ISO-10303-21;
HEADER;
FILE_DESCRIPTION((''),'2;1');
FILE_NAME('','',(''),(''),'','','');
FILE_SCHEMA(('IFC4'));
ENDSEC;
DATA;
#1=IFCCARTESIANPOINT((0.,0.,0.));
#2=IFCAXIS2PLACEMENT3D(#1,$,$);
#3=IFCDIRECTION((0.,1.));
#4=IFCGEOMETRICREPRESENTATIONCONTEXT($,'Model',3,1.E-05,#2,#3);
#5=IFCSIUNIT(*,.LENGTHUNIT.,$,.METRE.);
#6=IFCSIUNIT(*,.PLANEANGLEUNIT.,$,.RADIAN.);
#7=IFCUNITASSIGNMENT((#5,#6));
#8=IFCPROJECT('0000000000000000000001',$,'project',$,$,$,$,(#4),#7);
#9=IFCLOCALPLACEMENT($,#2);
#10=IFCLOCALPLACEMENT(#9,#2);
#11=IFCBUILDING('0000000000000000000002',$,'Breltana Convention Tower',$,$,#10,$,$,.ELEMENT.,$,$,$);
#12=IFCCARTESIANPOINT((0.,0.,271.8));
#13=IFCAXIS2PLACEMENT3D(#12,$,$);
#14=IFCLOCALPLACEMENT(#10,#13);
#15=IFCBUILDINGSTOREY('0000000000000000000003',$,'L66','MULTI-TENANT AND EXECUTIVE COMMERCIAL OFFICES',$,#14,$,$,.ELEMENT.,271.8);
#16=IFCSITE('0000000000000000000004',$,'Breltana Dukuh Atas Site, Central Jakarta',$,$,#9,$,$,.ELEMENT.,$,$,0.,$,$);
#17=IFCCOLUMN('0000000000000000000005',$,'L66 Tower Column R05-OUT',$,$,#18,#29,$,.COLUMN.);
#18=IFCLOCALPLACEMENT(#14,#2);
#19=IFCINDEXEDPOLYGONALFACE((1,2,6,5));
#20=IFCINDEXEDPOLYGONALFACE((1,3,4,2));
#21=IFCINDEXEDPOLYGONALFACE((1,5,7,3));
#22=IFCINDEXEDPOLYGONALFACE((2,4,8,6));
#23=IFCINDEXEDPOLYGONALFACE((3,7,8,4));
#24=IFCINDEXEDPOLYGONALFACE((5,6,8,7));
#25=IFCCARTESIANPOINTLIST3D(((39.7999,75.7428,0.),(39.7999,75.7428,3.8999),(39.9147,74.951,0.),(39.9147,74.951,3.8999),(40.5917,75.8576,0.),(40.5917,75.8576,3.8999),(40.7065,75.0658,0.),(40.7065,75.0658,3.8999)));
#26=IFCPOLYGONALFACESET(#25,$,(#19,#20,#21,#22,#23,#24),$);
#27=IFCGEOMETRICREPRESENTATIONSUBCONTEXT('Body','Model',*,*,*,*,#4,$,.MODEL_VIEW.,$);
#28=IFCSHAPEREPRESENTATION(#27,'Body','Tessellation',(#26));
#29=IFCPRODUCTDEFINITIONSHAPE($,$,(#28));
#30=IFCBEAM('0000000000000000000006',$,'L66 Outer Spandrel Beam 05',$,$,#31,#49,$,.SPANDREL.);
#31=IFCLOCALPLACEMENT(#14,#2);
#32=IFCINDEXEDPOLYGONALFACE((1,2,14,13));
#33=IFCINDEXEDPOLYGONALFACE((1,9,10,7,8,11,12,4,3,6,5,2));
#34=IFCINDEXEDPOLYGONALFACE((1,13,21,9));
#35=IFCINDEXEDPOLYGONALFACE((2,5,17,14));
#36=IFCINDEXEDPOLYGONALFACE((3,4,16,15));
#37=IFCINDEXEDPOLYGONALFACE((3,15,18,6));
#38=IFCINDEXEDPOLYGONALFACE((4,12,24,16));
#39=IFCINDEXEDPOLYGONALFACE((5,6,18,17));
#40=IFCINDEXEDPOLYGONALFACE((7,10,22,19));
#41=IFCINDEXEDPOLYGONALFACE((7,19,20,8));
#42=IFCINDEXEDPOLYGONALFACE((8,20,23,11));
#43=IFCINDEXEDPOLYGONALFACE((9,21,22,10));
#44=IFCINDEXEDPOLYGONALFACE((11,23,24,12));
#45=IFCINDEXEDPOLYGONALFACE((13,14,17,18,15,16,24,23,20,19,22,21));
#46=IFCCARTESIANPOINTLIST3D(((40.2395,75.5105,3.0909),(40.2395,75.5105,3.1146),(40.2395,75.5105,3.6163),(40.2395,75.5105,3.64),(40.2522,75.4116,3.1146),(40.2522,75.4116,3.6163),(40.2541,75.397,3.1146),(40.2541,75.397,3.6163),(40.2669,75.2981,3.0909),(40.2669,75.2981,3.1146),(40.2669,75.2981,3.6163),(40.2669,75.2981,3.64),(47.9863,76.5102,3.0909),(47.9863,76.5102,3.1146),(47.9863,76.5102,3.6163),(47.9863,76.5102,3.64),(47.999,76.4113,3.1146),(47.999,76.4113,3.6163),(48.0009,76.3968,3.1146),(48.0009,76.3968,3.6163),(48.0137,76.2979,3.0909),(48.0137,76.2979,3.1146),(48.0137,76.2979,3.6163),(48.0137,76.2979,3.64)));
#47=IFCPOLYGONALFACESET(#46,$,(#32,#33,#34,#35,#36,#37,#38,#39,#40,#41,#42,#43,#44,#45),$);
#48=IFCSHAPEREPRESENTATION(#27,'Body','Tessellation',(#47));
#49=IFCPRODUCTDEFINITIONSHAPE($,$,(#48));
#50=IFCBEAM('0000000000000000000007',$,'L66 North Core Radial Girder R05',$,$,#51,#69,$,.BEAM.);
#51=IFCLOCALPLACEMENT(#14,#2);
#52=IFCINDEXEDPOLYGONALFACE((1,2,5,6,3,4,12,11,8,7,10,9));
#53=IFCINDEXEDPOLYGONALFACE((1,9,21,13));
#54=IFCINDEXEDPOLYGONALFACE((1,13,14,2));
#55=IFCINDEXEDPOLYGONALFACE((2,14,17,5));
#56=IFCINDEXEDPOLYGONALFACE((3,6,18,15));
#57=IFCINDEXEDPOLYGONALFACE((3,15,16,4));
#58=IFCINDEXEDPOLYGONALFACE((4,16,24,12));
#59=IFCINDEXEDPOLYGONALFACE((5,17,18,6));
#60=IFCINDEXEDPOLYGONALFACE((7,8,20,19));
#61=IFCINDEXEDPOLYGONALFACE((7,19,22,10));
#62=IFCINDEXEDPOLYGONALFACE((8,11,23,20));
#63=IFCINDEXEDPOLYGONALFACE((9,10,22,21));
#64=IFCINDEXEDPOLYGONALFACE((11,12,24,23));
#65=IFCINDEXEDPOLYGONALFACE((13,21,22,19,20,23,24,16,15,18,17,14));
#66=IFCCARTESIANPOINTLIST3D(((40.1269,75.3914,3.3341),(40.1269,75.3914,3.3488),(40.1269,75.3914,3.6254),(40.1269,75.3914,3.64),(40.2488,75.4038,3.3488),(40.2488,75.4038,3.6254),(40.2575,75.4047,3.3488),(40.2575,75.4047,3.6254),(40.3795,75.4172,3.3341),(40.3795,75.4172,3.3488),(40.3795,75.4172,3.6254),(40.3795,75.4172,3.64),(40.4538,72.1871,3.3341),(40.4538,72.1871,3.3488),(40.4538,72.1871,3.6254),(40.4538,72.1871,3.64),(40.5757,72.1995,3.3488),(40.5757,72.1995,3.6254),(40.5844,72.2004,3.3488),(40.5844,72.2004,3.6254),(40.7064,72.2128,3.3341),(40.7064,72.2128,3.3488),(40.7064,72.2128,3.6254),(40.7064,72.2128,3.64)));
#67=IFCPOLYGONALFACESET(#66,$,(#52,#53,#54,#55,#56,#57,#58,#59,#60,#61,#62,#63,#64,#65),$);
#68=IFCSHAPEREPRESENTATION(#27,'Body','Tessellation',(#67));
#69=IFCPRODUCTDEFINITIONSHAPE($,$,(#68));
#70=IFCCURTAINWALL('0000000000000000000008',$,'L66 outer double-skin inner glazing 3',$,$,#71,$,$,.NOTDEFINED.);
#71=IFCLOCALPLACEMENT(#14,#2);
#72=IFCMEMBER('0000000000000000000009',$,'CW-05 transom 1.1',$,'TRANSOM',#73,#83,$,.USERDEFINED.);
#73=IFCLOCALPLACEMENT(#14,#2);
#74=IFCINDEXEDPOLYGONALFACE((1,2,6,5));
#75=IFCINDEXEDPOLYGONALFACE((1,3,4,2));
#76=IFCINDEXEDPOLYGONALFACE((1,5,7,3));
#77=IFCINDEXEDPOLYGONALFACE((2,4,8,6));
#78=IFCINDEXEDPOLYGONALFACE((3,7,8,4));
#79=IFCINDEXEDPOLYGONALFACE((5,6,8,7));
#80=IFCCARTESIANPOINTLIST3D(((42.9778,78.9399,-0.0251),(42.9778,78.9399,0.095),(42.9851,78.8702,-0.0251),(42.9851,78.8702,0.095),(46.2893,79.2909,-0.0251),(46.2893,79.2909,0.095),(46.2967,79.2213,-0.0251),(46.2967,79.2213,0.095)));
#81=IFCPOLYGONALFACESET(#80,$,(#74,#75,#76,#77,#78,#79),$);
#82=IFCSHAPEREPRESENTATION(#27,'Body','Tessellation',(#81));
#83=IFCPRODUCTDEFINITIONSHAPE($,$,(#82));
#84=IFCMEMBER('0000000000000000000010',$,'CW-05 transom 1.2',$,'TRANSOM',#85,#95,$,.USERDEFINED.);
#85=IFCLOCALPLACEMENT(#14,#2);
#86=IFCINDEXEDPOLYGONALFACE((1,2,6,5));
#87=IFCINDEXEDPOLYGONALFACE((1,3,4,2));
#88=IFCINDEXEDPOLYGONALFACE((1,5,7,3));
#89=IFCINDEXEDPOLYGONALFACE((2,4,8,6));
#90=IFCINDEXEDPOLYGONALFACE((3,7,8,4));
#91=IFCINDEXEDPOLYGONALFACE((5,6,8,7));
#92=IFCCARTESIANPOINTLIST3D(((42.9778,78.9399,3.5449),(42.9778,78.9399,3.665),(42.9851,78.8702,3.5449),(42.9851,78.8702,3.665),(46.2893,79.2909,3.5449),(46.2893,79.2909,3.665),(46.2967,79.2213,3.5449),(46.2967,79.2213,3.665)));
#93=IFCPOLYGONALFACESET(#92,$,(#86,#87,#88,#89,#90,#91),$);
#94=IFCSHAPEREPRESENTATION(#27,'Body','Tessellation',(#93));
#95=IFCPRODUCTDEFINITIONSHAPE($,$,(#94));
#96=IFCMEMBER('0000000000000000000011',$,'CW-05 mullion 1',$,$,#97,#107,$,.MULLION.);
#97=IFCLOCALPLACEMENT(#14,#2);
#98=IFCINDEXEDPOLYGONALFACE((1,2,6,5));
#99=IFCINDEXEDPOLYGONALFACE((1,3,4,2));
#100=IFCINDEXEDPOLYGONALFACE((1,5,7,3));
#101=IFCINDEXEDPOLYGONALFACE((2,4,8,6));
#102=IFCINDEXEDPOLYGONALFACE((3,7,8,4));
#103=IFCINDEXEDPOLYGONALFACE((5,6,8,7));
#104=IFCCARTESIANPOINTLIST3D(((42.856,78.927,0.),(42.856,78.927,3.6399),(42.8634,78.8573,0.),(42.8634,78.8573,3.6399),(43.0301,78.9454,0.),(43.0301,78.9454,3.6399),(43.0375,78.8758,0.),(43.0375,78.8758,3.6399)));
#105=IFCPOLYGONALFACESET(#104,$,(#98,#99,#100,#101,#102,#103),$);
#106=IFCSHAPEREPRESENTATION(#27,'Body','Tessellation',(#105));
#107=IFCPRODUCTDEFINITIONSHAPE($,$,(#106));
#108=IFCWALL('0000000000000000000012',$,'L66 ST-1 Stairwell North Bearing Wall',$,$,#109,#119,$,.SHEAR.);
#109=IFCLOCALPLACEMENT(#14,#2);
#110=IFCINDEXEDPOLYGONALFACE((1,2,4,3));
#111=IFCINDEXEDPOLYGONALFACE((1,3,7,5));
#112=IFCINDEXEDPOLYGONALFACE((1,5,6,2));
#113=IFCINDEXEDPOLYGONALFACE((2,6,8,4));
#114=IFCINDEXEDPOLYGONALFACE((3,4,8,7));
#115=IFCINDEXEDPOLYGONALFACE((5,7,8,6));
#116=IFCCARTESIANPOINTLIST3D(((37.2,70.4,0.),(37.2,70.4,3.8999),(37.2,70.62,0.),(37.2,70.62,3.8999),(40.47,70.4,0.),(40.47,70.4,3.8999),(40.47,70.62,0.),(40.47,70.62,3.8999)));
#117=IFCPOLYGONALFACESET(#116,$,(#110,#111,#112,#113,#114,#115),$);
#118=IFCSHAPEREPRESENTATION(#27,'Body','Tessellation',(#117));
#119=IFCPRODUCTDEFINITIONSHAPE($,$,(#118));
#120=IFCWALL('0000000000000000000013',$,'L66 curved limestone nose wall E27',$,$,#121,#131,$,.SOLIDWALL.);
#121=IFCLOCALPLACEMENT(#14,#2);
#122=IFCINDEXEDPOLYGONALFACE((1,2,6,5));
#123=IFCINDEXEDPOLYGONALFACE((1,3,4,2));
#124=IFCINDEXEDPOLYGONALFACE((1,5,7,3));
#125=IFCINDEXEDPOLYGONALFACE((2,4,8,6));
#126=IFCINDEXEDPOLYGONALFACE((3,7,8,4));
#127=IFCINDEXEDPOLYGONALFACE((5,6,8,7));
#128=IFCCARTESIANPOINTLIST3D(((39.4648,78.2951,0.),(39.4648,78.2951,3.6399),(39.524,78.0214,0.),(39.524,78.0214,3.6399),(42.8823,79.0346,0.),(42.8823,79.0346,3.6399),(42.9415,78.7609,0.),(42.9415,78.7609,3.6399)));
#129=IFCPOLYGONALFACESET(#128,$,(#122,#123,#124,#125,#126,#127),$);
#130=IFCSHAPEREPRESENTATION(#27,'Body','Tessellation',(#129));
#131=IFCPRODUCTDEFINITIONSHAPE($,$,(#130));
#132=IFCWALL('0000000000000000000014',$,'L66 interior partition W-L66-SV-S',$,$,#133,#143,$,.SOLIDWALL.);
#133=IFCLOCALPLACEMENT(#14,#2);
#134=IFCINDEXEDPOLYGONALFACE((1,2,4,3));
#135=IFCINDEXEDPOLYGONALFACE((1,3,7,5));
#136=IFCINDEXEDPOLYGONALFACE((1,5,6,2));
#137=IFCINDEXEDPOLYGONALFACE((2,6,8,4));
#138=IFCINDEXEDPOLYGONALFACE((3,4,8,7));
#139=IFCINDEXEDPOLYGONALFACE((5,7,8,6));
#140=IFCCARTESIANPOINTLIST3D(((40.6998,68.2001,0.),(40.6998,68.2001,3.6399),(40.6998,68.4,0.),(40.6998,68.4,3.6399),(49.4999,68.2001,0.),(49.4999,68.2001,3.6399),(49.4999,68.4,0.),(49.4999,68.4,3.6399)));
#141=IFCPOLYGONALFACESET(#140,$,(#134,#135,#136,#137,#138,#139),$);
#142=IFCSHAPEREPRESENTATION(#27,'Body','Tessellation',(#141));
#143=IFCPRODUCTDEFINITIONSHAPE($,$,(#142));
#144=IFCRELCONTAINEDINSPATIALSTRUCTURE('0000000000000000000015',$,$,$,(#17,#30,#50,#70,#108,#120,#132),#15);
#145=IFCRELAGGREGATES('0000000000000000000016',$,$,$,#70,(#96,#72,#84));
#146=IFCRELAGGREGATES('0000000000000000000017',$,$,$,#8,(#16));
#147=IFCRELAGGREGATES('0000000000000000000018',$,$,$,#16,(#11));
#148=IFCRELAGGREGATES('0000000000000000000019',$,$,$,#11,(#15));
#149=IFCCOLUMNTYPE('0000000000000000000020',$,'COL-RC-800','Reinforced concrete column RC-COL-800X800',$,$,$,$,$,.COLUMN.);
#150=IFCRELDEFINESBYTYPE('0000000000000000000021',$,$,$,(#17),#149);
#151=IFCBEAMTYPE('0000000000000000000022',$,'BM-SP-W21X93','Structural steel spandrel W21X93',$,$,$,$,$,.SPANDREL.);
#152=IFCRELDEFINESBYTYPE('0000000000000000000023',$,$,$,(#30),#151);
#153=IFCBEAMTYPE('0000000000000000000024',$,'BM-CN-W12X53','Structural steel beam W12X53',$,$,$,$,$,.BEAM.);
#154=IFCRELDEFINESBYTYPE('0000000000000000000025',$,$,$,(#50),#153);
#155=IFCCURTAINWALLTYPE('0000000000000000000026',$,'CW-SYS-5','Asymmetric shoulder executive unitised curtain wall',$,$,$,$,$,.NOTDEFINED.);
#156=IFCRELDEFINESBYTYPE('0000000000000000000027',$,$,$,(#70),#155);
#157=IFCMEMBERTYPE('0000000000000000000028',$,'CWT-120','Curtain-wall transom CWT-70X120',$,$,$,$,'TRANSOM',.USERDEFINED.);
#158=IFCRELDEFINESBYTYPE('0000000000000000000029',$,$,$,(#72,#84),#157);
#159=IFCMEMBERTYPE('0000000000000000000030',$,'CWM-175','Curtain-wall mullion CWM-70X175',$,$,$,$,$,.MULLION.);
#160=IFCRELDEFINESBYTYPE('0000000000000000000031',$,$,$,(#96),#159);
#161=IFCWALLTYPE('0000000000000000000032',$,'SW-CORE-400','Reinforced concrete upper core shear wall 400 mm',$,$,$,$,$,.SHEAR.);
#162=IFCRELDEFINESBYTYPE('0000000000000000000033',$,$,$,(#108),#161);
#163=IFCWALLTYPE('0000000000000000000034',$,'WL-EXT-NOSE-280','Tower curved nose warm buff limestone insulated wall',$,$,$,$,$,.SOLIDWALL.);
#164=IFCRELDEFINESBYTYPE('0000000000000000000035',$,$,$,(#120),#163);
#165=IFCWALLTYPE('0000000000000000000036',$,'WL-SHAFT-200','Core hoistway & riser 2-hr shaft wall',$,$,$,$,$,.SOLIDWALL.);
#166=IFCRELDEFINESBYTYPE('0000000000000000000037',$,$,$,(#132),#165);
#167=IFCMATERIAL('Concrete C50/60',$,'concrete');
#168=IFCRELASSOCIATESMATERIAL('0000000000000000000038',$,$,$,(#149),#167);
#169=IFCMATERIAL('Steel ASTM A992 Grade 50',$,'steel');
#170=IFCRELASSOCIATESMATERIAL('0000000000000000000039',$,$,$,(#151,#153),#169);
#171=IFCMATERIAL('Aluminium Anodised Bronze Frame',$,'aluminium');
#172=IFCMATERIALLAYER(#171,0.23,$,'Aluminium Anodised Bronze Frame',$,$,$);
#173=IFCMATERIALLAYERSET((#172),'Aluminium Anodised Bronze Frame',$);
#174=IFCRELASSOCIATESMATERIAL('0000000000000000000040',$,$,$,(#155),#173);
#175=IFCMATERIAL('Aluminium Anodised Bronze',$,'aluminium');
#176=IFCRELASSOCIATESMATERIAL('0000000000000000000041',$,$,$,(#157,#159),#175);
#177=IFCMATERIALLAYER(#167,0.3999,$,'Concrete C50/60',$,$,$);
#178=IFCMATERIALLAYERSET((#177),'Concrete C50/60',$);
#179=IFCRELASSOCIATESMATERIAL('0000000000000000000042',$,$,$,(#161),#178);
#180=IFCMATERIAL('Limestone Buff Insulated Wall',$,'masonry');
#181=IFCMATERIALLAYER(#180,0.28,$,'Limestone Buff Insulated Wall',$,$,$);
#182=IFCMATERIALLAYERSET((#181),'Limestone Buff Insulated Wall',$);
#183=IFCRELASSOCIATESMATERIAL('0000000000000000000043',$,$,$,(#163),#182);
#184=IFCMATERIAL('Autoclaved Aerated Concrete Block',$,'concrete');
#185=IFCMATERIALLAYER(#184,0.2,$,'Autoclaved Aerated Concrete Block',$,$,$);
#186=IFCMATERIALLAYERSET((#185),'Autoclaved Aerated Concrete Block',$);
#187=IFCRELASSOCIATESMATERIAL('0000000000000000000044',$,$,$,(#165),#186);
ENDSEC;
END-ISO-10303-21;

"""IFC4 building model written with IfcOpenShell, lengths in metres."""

from ifc_helpers import new_model, si_unit, direction, frame, frame_2d, origin, origin_2d, place, context, subcontext, project, spatial, rectangle, i_section, extrude, source, transform, mapped, material, layer, layer_set, material_profile, profile_set, type_object, element, aggregate, save


model = new_model("IFC4")

# Units and contexts
model_context = context("Model", 3, precision=1e-05, world=origin(), true_north=direction((0.0, 1.0)))
body_context = subcontext(model_context, "Body", "Model", "MODEL_VIEW")
ifc_project = project(units=[si_unit("LENGTHUNIT", "METRE"), si_unit("PLANEANGLEUNIT", "RADIAN")], contexts=[model_context])

# Site, building, storey
site_placement = place(None, origin())
site = spatial("IfcSite", under=ifc_project, at=site_placement, Name="Breltana Dukuh Atas Site, Central Jakarta", CompositionType="ELEMENT", RefElevation=0.0)
building_placement = place(site_placement, origin())
building = spatial("IfcBuilding", under=site, at=building_placement, Name="Breltana Convention Tower", CompositionType="ELEMENT")
storey_placement = place(building_placement, frame((0.0, 0.0, 271.8)))
storey = spatial("IfcBuildingStorey", under=building, at=storey_placement, Name="L66", Description="MULTI-TENANT AND EXECUTIVE COMMERCIAL OFFICES", CompositionType="ELEMENT", Elevation=271.8)

# Column
ifc_material_1 = material(Name="Concrete C50/60", Category="concrete")
ifc_material_profile_1 = material_profile(ifc_material_1, rectangle(XDim=0.8, YDim=0.8, at=origin_2d()), Name="RC-COL-800X800")
ifc_profile_set_1 = profile_set([ifc_material_profile_1], Name="Concrete C50/60")
column_type = type_object("IfcColumnType", Name="COL-RC-800", Description="Reinforced concrete column RC-COL-800X800", PredefinedType="COLUMN", material=ifc_profile_set_1)
shared_shape_1 = source(origin(), body_context, "Body", "SweptSolid", [
    extrude(rectangle(XDim=0.8, YDim=0.8, at=origin_2d()), origin(), (0.0, 0.0, 1.0), 3.8999),
])
column_placement = place(storey_placement, frame((40.2532, 75.4043, 0.0), z_axis=(0.0, 0.0, 1.0), x_axis=(-0.143493, 0.989651, 0.0)))
element("IfcColumn", 1, at=column_placement, inside=storey, type_object=column_type, Name="L66 Tower Column R05-OUT", PredefinedType="COLUMN", context=body_context, shape_type="MappedRepresentation", body=[
    mapped(shared_shape_1, transform((0.0, 0.0, 0.0), scale=1.0)),
])

# Beams
ifc_material_2 = material(Name="Steel ASTM A992 Grade 50", Category="steel")
ifc_material_profile_2 = material_profile(ifc_material_2, i_section(OverallWidth=0.2141, OverallDepth=0.5491, WebThickness=0.0146, FlangeThickness=0.0237, at=origin_2d()), Name="W21X93")
ifc_profile_set_2 = profile_set([ifc_material_profile_2], Name="Steel ASTM A992 Grade 50")
beam_type_1 = type_object("IfcBeamType", Name="BM-SP-W21X93", Description="Structural steel spandrel W21X93", PredefinedType="SPANDREL", material=ifc_profile_set_2)
shared_shape_2 = source(origin(), body_context, "Body", "SweptSolid", [
    extrude(i_section(OverallWidth=0.2141, OverallDepth=0.5491, WebThickness=0.0146, FlangeThickness=0.0237, at=origin_2d()), origin(), (0.0, 0.0, 1.0), 7.811),
])
beam_1_placement = place(storey_placement, frame((40.2532, 75.4043, 3.3655), z_axis=(0.991775, 0.127992, 0.0), x_axis=(-0.127992, 0.991775, 0.0)))
element("IfcBeam", 2, at=beam_1_placement, inside=storey, type_object=beam_type_1, Name="L66 Outer Spandrel Beam 05", PredefinedType="SPANDREL", context=body_context, shape_type="MappedRepresentation", body=[
    mapped(shared_shape_2, transform((0.0, 0.0, 0.0), scale=1.0)),
])
ifc_material_profile_3 = material_profile(ifc_material_2, i_section(OverallWidth=0.2539, OverallDepth=0.3059, WebThickness=0.0088, FlangeThickness=0.0146, at=origin_2d()), Name="W12X53")
ifc_profile_set_3 = profile_set([ifc_material_profile_3], Name="Steel ASTM A992 Grade 50")
beam_type_2 = type_object("IfcBeamType", Name="BM-CN-W12X53", Description="Structural steel beam W12X53", PredefinedType="BEAM", material=ifc_profile_set_3)
shared_shape_3 = source(origin(), body_context, "Body", "SweptSolid", [
    extrude(i_section(OverallWidth=0.2539, OverallDepth=0.3059, WebThickness=0.0088, FlangeThickness=0.0146, at=origin_2d()), origin(), (0.0, 0.0, 1.0), 3.2209),
])
beam_2_placement = place(storey_placement, frame((40.5801, 72.2, 3.4871), z_axis=(-0.101492, 0.994836, 0.0), x_axis=(-0.994836, -0.101492, 0.0)))
element("IfcBeam", 3, at=beam_2_placement, inside=storey, type_object=beam_type_2, Name="L66 North Core Radial Girder R05", PredefinedType="BEAM", context=body_context, shape_type="MappedRepresentation", body=[
    mapped(shared_shape_3, transform((0.0, 0.0, 0.0), scale=1.0)),
])

# Curtain wall, members
ifc_material_3 = material(Name="Aluminium Anodised Bronze Frame", Category="aluminium")
ifc_layer_1 = layer(ifc_material_3, 0.23, Name="Aluminium Anodised Bronze Frame")
ifc_layer_set_1 = layer_set([ifc_layer_1], Name="Aluminium Anodised Bronze Frame")
curtain_wall_type = type_object("IfcCurtainWallType", Name="CW-SYS-5", Description="Asymmetric shoulder executive unitised curtain wall", PredefinedType="NOTDEFINED", material=ifc_layer_set_1)
curtain_wall_placement = place(storey_placement, origin())
curtain_wall = element("IfcCurtainWall", 4, at=curtain_wall_placement, inside=storey, type_object=curtain_wall_type, Name="L66 outer double-skin inner glazing 3", PredefinedType="NOTDEFINED")
ifc_material_4 = material(Name="Aluminium Anodised Bronze", Category="aluminium")
ifc_material_profile_4 = material_profile(ifc_material_4, rectangle(XDim=0.0701, YDim=0.1201, at=origin_2d()), Name="CWT-70X120")
ifc_profile_set_4 = profile_set([ifc_material_profile_4], Name="Aluminium Anodised Bronze")
member_type_1 = type_object("IfcMemberType", Name="CWT-120", Description="Curtain-wall transom CWT-70X120", ElementType="TRANSOM", PredefinedType="USERDEFINED", material=ifc_profile_set_4)
shared_shape_4 = source(origin(), body_context, "Body", "SweptSolid", [
    extrude(rectangle(XDim=0.0701, YDim=0.1201, at=origin_2d()), origin(), (0.0, 0.0, 1.0), 3.3301),
])
member_1_placement = place(storey_placement, frame((42.9814, 78.905, 0.0349), z_axis=(0.994427, 0.105425, 0.0), x_axis=(-0.105425, 0.994427, 0.0)))
member_1 = element("IfcMember", 5, at=member_1_placement, type_object=member_type_1, Name="CW-05 transom 1.1", ObjectType="TRANSOM", PredefinedType="USERDEFINED", context=body_context, shape_type="MappedRepresentation", body=[
    mapped(shared_shape_4, transform((0.0, 0.0, 0.0), scale=1.0)),
])
member_2_placement = place(storey_placement, frame((42.9814, 78.905, 3.605), z_axis=(0.994427, 0.105425, 0.0), x_axis=(-0.105425, 0.994427, 0.0)))
member_2 = element("IfcMember", 6, at=member_2_placement, type_object=member_type_1, Name="CW-05 transom 1.2", ObjectType="TRANSOM", PredefinedType="USERDEFINED", context=body_context, shape_type="MappedRepresentation", body=[
    mapped(shared_shape_4, transform((0.0, 0.0, 0.0), scale=1.0)),
])
ifc_material_profile_5 = material_profile(ifc_material_4, rectangle(XDim=0.0701, YDim=0.175, at=origin_2d()), Name="CWM-70X175")
ifc_profile_set_5 = profile_set([ifc_material_profile_5], Name="Aluminium Anodised Bronze")
member_type_2 = type_object("IfcMemberType", Name="CWM-175", Description="Curtain-wall mullion CWM-70X175", PredefinedType="MULLION", material=ifc_profile_set_5)
shared_shape_5 = source(origin(), body_context, "Body", "SweptSolid", [
    extrude(rectangle(XDim=0.0701, YDim=0.175, at=origin_2d()), origin(), (0.0, 0.0, 1.0), 3.6399),
])
member_3_placement = place(storey_placement, frame((42.9468, 78.9014, 0.0), z_axis=(0.0, 0.0, 1.0), x_axis=(-0.105448, 0.994425, 0.0)))
member_3 = element("IfcMember", 7, at=member_3_placement, type_object=member_type_2, Name="CW-05 mullion 1", PredefinedType="MULLION", context=body_context, shape_type="MappedRepresentation", body=[
    mapped(shared_shape_5, transform((0.0, 0.0, 0.0), scale=1.0)),
])
aggregate(curtain_wall, [member_3, member_1, member_2])

# Wall
ifc_layer_2 = layer(ifc_material_1, 0.3999, Name="Concrete C50/60")
ifc_layer_set_2 = layer_set([ifc_layer_2], Name="Concrete C50/60")
wall_type_1 = type_object("IfcWallType", Name="SW-CORE-400", Description="Reinforced concrete upper core shear wall 400 mm", PredefinedType="SHEAR", material=ifc_layer_set_2)
shared_shape_6 = source(origin(), body_context, "Body", "SweptSolid", [
    extrude(rectangle(XDim=3.27, YDim=0.22, at=frame_2d((1.635, 0.0))), origin(), (0.0, 0.0, 1.0), 3.8999),
])
wall_1_placement = place(storey_placement, frame((37.2, 70.51, 0.0), z_axis=(0.0, 0.0, 1.0), x_axis=(1.0, 0.0, 0.0)))
element("IfcWall", 8, at=wall_1_placement, inside=storey, type_object=wall_type_1, Name="L66 ST-1 Stairwell North Bearing Wall", PredefinedType="SHEAR", context=body_context, shape_type="MappedRepresentation", body=[
    mapped(shared_shape_6, transform((0.0, 0.0, 0.0), scale=1.0)),
])

# Walls
ifc_material_5 = material(Name="Limestone Buff Insulated Wall", Category="masonry")
ifc_layer_3 = layer(ifc_material_5, 0.28, Name="Limestone Buff Insulated Wall")
ifc_layer_set_3 = layer_set([ifc_layer_3], Name="Limestone Buff Insulated Wall")
wall_type_2 = type_object("IfcWallType", Name="WL-EXT-NOSE-280", Description="Tower curved nose warm buff limestone insulated wall", PredefinedType="SOLIDWALL", material=ifc_layer_set_3)
shared_shape_7 = source(origin(), body_context, "Body", "SweptSolid", [
    extrude(rectangle(XDim=3.4966, YDim=0.28, at=frame_2d((1.7483, 0.0))), origin(), (0.0, 0.0, 1.0), 3.6399),
])
wall_2_placement = place(storey_placement, frame((39.4944, 78.1582, 0.0), z_axis=(0.0, 0.0, 1.0), x_axis=(0.977379, 0.211493, 0.0)))
element("IfcWall", 9, at=wall_2_placement, inside=storey, type_object=wall_type_2, Name="L66 curved limestone nose wall E27", PredefinedType="SOLIDWALL", context=body_context, shape_type="MappedRepresentation", body=[
    mapped(shared_shape_7, transform((0.0, 0.0, 0.0), scale=1.0)),
])
ifc_material_6 = material(Name="Autoclaved Aerated Concrete Block", Category="concrete")
ifc_layer_4 = layer(ifc_material_6, 0.2, Name="Autoclaved Aerated Concrete Block")
ifc_layer_set_4 = layer_set([ifc_layer_4], Name="Autoclaved Aerated Concrete Block")
wall_type_3 = type_object("IfcWallType", Name="WL-SHAFT-200", Description="Core hoistway & riser 2-hr shaft wall", PredefinedType="SOLIDWALL", material=ifc_layer_set_4)
shared_shape_8 = source(origin(), body_context, "Body", "SweptSolid", [
    extrude(rectangle(XDim=8.8, YDim=0.2, at=frame_2d((4.3999, 0.0))), origin(), (0.0, 0.0, 1.0), 3.6399),
])
wall_3_placement = place(storey_placement, frame((40.7, 68.3, 0.0), z_axis=(0.0, 0.0, 1.0), x_axis=(1.0, 0.0, 0.0)))
element("IfcWall", 10, at=wall_3_placement, inside=storey, type_object=wall_type_3, Name="L66 interior partition W-L66-SV-S", PredefinedType="SOLIDWALL", context=body_context, shape_type="MappedRepresentation", body=[
    mapped(shared_shape_8, transform((0.0, 0.0, 0.0), scale=1.0)),
])

save(model, "model.ifc")
